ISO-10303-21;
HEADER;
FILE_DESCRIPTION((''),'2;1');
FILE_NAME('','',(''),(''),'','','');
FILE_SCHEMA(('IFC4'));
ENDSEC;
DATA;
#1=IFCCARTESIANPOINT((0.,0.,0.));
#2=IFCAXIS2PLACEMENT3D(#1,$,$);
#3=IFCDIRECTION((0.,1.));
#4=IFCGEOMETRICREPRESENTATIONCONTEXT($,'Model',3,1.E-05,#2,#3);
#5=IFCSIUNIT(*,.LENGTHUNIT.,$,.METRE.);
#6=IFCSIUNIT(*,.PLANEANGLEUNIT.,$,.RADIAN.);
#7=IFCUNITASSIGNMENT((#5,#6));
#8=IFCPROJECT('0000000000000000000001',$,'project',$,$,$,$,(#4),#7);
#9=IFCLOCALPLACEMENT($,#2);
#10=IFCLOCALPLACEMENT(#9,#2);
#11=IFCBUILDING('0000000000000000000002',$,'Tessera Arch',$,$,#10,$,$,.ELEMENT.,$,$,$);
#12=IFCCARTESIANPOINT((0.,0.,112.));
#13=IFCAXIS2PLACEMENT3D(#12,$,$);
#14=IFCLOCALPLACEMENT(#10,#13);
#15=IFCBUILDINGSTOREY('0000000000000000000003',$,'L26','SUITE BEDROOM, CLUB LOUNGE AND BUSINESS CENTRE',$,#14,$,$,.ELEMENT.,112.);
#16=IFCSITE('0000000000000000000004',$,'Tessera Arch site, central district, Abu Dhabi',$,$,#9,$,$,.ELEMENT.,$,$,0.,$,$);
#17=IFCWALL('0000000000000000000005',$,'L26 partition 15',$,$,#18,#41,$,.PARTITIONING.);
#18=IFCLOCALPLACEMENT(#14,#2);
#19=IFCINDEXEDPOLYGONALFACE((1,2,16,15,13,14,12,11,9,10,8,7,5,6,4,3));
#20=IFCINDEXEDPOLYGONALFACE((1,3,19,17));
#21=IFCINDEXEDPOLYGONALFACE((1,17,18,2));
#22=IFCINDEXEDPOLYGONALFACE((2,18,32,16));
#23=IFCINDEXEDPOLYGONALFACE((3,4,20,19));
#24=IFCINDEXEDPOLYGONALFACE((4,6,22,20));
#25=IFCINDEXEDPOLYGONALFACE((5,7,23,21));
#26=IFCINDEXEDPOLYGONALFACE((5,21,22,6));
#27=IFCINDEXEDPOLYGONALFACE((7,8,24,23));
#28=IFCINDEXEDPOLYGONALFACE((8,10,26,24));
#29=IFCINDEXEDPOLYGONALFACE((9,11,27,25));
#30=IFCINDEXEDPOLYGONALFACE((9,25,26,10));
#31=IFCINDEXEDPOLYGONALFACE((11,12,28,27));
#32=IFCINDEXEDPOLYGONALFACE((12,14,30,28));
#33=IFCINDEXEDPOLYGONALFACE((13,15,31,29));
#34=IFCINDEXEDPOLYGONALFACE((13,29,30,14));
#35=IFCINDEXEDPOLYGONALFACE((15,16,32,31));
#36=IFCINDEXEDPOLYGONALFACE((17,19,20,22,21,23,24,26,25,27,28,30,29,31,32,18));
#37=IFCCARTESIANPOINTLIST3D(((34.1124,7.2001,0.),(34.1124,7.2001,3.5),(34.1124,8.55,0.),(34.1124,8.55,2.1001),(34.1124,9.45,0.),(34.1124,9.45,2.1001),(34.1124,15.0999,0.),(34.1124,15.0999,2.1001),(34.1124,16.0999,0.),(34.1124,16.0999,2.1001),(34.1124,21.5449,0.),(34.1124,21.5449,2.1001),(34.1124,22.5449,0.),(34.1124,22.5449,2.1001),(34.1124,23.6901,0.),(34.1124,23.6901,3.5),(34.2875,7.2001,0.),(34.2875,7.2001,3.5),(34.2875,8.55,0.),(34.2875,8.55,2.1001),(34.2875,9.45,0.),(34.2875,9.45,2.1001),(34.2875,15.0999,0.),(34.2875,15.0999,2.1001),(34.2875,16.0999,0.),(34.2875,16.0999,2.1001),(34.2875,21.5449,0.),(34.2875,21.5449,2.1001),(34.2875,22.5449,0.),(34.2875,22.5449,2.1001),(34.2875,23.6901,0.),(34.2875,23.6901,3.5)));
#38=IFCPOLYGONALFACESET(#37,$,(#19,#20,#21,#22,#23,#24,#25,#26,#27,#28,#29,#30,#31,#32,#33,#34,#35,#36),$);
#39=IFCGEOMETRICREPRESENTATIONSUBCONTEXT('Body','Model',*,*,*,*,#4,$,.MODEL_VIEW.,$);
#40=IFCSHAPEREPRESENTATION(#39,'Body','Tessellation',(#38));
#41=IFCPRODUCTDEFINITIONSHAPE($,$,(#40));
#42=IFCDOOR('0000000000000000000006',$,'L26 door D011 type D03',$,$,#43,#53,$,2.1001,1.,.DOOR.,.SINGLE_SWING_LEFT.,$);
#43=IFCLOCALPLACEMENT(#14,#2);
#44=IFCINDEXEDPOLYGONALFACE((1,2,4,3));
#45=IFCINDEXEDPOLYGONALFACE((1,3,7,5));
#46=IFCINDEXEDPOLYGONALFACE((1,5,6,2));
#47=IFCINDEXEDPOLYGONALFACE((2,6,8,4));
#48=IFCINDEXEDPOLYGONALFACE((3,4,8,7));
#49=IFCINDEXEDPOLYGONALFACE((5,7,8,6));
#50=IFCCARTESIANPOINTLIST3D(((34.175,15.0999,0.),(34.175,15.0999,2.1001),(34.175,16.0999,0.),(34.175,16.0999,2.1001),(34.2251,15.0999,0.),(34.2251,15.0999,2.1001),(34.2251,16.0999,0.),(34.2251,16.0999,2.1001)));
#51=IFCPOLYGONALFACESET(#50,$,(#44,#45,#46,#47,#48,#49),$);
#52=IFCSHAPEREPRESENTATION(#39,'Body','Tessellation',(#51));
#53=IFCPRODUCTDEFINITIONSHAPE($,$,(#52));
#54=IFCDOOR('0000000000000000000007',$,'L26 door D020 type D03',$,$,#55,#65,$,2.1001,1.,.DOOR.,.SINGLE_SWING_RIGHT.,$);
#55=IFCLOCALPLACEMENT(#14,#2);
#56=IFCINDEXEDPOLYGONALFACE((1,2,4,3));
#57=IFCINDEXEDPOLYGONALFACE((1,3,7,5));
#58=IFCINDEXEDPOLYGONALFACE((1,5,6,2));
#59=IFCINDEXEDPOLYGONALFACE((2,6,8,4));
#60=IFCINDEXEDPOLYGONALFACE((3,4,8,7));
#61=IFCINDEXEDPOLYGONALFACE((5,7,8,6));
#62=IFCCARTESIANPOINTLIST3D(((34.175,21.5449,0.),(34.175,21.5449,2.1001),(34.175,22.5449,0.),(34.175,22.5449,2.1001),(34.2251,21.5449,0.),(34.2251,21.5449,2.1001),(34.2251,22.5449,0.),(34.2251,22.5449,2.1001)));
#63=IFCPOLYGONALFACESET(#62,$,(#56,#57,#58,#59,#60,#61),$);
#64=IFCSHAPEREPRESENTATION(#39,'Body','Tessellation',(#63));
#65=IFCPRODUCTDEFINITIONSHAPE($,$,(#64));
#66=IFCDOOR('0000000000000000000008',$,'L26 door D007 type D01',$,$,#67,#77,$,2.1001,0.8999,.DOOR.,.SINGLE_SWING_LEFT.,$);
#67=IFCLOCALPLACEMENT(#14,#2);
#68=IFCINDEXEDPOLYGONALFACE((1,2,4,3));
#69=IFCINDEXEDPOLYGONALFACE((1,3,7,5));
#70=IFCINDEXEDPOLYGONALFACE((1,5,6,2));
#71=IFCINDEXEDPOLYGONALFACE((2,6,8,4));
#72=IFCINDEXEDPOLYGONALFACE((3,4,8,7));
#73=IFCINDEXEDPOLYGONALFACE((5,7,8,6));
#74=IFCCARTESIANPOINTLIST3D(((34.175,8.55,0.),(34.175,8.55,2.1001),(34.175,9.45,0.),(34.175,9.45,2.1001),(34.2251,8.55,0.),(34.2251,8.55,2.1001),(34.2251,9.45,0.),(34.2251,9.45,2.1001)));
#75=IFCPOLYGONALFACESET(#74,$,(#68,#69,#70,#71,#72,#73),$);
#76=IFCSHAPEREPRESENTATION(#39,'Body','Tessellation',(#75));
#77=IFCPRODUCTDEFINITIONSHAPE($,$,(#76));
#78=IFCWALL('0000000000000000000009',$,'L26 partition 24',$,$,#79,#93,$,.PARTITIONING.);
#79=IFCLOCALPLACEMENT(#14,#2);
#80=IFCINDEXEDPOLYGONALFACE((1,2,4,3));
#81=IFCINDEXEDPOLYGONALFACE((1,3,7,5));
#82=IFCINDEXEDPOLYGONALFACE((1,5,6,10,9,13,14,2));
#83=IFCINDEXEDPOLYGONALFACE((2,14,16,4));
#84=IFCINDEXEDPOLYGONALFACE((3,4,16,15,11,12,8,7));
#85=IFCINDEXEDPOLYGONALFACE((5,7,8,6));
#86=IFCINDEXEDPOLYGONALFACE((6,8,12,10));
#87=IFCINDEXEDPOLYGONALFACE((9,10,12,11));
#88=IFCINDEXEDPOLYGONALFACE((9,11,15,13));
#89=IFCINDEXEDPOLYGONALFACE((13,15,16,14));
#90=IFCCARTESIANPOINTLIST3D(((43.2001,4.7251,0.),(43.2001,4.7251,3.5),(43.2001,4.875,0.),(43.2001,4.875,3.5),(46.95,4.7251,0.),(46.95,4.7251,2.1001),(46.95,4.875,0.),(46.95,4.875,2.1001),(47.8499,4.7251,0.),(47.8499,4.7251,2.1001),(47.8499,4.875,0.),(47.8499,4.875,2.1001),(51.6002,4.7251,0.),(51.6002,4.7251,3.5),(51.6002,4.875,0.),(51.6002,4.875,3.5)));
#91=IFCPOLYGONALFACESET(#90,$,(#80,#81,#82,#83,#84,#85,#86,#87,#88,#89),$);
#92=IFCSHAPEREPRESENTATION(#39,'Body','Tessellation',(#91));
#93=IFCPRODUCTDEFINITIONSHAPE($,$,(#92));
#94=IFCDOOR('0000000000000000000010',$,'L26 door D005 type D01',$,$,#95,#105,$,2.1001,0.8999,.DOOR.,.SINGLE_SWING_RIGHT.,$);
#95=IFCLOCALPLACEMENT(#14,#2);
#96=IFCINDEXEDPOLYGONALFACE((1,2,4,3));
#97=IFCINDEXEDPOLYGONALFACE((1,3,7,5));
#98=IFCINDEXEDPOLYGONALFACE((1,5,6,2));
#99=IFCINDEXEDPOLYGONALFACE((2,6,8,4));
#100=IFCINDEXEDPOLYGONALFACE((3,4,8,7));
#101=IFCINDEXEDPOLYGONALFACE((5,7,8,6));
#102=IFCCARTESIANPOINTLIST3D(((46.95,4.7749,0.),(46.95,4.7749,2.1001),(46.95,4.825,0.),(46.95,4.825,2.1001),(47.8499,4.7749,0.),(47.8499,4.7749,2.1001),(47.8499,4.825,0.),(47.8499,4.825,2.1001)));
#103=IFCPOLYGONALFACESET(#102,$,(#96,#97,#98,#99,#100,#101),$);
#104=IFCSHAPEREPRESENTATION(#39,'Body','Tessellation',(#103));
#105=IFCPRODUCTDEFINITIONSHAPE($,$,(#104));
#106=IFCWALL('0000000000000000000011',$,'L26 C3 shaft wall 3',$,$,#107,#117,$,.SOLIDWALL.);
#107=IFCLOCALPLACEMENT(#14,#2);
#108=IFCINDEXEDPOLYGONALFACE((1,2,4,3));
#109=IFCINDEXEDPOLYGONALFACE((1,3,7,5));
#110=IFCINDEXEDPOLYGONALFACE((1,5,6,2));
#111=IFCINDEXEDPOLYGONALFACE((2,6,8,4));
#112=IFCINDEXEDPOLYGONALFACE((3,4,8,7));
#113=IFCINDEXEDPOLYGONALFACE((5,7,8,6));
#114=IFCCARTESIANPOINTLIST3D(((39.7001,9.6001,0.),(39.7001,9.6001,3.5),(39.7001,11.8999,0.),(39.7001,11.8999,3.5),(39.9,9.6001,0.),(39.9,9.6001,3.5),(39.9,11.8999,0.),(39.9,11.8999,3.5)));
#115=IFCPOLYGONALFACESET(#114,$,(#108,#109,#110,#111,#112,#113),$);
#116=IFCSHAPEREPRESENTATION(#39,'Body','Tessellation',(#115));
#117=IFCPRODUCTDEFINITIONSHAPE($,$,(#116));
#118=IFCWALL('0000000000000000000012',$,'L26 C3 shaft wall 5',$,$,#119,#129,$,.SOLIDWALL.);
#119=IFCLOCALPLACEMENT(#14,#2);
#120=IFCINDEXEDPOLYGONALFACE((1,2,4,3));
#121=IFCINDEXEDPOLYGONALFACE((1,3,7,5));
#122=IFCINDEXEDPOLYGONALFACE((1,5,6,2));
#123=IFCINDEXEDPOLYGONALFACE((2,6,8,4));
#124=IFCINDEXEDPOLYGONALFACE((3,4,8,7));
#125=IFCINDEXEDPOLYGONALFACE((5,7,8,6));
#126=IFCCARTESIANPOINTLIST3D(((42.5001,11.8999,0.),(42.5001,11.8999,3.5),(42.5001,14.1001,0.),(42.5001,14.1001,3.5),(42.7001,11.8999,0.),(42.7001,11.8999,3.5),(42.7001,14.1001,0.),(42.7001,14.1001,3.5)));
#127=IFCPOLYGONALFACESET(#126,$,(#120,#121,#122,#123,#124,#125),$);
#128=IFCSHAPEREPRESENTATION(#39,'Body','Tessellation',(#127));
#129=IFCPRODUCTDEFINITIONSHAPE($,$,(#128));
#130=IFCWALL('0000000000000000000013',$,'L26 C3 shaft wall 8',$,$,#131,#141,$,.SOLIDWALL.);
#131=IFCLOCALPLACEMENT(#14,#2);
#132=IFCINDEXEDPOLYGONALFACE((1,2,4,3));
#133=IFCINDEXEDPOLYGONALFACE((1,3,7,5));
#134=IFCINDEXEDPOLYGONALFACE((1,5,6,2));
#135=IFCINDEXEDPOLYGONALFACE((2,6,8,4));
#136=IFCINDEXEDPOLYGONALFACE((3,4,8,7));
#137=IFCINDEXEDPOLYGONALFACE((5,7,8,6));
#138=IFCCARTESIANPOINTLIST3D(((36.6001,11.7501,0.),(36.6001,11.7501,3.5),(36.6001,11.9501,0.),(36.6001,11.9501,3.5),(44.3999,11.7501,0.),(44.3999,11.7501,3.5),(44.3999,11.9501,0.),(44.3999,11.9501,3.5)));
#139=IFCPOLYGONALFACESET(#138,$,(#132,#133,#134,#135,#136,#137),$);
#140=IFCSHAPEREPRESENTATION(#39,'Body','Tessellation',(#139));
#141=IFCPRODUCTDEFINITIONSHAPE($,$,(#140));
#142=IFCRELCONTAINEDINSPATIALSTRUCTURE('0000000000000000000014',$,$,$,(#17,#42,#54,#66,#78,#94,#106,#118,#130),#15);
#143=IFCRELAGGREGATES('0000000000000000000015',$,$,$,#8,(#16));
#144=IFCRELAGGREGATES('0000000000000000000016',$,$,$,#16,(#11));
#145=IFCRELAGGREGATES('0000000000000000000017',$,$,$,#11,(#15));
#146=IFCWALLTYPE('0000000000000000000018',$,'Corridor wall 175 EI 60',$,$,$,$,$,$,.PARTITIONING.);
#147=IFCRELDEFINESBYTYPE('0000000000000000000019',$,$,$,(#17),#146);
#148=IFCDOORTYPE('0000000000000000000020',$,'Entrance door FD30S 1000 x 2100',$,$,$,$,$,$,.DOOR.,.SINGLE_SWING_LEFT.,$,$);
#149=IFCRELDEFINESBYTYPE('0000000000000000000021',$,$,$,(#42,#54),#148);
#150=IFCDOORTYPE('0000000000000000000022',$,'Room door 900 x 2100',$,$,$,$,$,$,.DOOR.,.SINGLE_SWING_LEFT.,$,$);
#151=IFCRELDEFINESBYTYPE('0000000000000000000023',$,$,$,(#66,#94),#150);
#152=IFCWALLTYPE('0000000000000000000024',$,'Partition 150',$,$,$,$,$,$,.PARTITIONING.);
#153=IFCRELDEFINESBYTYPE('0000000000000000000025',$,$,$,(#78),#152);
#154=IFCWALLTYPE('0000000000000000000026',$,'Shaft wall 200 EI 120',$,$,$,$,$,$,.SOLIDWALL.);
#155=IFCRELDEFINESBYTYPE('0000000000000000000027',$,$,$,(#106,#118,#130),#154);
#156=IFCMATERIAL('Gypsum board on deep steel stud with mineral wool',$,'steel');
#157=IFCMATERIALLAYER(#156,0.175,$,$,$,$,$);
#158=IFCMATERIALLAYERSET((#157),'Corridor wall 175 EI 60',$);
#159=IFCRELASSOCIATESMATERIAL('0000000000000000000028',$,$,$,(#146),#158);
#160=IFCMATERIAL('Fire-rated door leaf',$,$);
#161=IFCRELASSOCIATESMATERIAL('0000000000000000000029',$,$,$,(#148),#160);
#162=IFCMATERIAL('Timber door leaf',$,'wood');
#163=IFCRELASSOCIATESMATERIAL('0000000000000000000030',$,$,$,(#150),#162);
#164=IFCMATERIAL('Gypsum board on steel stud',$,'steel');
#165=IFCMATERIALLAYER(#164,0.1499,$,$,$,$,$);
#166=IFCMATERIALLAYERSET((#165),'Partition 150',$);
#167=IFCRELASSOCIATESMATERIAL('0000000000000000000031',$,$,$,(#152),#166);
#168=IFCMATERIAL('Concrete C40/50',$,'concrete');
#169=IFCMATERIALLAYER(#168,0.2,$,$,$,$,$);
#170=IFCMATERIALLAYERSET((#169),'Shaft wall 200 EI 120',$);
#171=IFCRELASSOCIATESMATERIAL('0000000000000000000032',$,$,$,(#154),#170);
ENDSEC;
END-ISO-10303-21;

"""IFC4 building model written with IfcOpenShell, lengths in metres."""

from ifc_helpers import new_model, si_unit, direction, frame, frame_2d, origin, place, context, subcontext, project, spatial, rectangle, extrude, material, layer, layer_set, type_object, element, fill, save


model = new_model("IFC4")

# Units and contexts
model_context = context("Model", 3, precision=1e-05, world=origin(), true_north=direction((0.0, 1.0)))
body_context = subcontext(model_context, "Body", "Model", "MODEL_VIEW")
ifc_project = project(units=[si_unit("LENGTHUNIT", "METRE"), si_unit("PLANEANGLEUNIT", "RADIAN")], contexts=[model_context])

# Site, building, storey
site_placement = place(None, origin())
site = spatial("IfcSite", under=ifc_project, at=site_placement, Name="Tessera Arch site, central district, Abu Dhabi", CompositionType="ELEMENT", RefElevation=0.0)
building_placement = place(site_placement, origin())
building = spatial("IfcBuilding", under=site, at=building_placement, Name="Tessera Arch", CompositionType="ELEMENT")
storey_placement = place(building_placement, frame((0.0, 0.0, 112.0)))
storey = spatial("IfcBuildingStorey", under=building, at=storey_placement, Name="L26", Description="SUITE BEDROOM, CLUB LOUNGE AND BUSINESS CENTRE", CompositionType="ELEMENT", Elevation=112.0)

# Wall, openings, doors
ifc_material_1 = material(Name="Gypsum board on deep steel stud with mineral wool", Category="steel")
ifc_layer_1 = layer(ifc_material_1, 0.175)
ifc_layer_set_1 = layer_set([ifc_layer_1], Name="Corridor wall 175 EI 60")
wall_type_1 = type_object("IfcWallType", Name="Corridor wall 175 EI 60", PredefinedType="PARTITIONING", material=ifc_layer_set_1)
ifc_material_2 = material(Name="Fire-rated door leaf")
door_type_1 = type_object("IfcDoorType", Name="Entrance door FD30S 1000 x 2100", OperationType="SINGLE_SWING_LEFT", PredefinedType="DOOR", material=ifc_material_2)
wall_1_placement = place(storey_placement, frame((34.2, 7.2, 0.0), z_axis=(0.0, 0.0, 1.0), x_axis=(0.0, 1.0, 0.0)))
wall_1 = element("IfcWall", 1, at=wall_1_placement, inside=storey, type_object=wall_type_1, Name="L26 partition 15", PredefinedType="PARTITIONING", context=body_context, shape_type="SweptSolid", body=[
    extrude(rectangle(XDim=16.49, YDim=0.175, at=frame_2d((8.2451, 0.0))), origin(), (0.0, 0.0, 1.0), 3.5),
])
opening_1_placement = place(wall_1_placement, frame((1.3501, 0.0, 0.0)))
opening_1 = element("IfcOpeningElement", 2, at=opening_1_placement, cuts=wall_1, PredefinedType="OPENING", context=body_context, shape_type="SweptSolid", body=[
    extrude(rectangle(XDim=0.8999, YDim=2.1001, at=frame_2d((0.45, 1.05))), frame((0.0, 0.0974, 0.0), z_axis=(0.0, -1.0, 0.0), x_axis=(1.0, 0.0, 0.0)), (0.0, 0.0, 1.0), 0.1951),
])
opening_2_placement = place(wall_1_placement, frame((7.8999, 0.0, 0.0)))
opening_2 = element("IfcOpeningElement", 3, at=opening_2_placement, cuts=wall_1, PredefinedType="OPENING", context=body_context, shape_type="SweptSolid", body=[
    extrude(rectangle(XDim=1.0, YDim=2.1001, at=frame_2d((0.5, 1.05))), frame((0.0, 0.0974, 0.0), z_axis=(0.0, -1.0, 0.0), x_axis=(1.0, 0.0, 0.0)), (0.0, 0.0, 1.0), 0.1951),
])
opening_3_placement = place(wall_1_placement, frame((14.345, 0.0, 0.0)))
opening_3 = element("IfcOpeningElement", 4, at=opening_3_placement, cuts=wall_1, PredefinedType="OPENING", context=body_context, shape_type="SweptSolid", body=[
    extrude(rectangle(XDim=1.0, YDim=2.1001, at=frame_2d((0.5, 1.05))), frame((0.0, 0.0974, 0.0), z_axis=(0.0, -1.0, 0.0), x_axis=(1.0, 0.0, 0.0)), (0.0, 0.0, 1.0), 0.1951),
])
door_1_placement = place(opening_2_placement, origin())
door_1 = element("IfcDoor", 5, at=door_1_placement, inside=storey, type_object=door_type_1, Name="L26 door D011 type D03", OperationType="SINGLE_SWING_LEFT", OverallHeight=2.1001, OverallWidth=1.0, PredefinedType="DOOR", context=body_context, shape_type="SweptSolid", body=[
    extrude(rectangle(XDim=1.0, YDim=2.1001, at=frame_2d((0.5, 1.05))), frame((0.0, 0.0249, 0.0), z_axis=(0.0, -1.0, 0.0), x_axis=(1.0, 0.0, 0.0)), (0.0, 0.0, 1.0), 0.05),
])
fill(opening_2, door_1)
door_2_placement = place(opening_3_placement, origin())
door_2 = element("IfcDoor", 6, at=door_2_placement, inside=storey, type_object=door_type_1, Name="L26 door D020 type D03", OperationType="SINGLE_SWING_RIGHT", OverallHeight=2.1001, OverallWidth=1.0, PredefinedType="DOOR", context=body_context, shape_type="SweptSolid", body=[
    extrude(rectangle(XDim=1.0, YDim=2.1001, at=frame_2d((0.5, 1.05))), frame((0.0, 0.0249, 0.0), z_axis=(0.0, -1.0, 0.0), x_axis=(1.0, 0.0, 0.0)), (0.0, 0.0, 1.0), 0.05),
])
fill(opening_3, door_2)
ifc_material_3 = material(Name="Timber door leaf", Category="wood")
door_type_2 = type_object("IfcDoorType", Name="Room door 900 x 2100", OperationType="SINGLE_SWING_LEFT", PredefinedType="DOOR", material=ifc_material_3)
door_3_placement = place(opening_1_placement, origin())
door_3 = element("IfcDoor", 7, at=door_3_placement, inside=storey, type_object=door_type_2, Name="L26 door D007 type D01", OperationType="SINGLE_SWING_LEFT", OverallHeight=2.1001, OverallWidth=0.8999, PredefinedType="DOOR", context=body_context, shape_type="SweptSolid", body=[
    extrude(rectangle(XDim=0.8999, YDim=2.1001, at=frame_2d((0.45, 1.05))), frame((0.0, 0.0249, 0.0), z_axis=(0.0, -1.0, 0.0), x_axis=(1.0, 0.0, 0.0)), (0.0, 0.0, 1.0), 0.05),
])
fill(opening_1, door_3)

# Wall, opening, door
ifc_material_4 = material(Name="Gypsum board on steel stud", Category="steel")
ifc_layer_2 = layer(ifc_material_4, 0.1499)
ifc_layer_set_2 = layer_set([ifc_layer_2], Name="Partition 150")
wall_type_2 = type_object("IfcWallType", Name="Partition 150", PredefinedType="PARTITIONING", material=ifc_layer_set_2)
wall_2_placement = place(storey_placement, frame((43.2, 4.8, 0.0), z_axis=(0.0, 0.0, 1.0), x_axis=(1.0, 0.0, 0.0)))
wall_2 = element("IfcWall", 8, at=wall_2_placement, inside=storey, type_object=wall_type_2, Name="L26 partition 24", PredefinedType="PARTITIONING", context=body_context, shape_type="SweptSolid", body=[
    extrude(rectangle(XDim=8.4001, YDim=0.1499, at=frame_2d((4.2002, 0.0))), origin(), (0.0, 0.0, 1.0), 3.5),
])
opening_4_placement = place(wall_2_placement, frame((3.75, 0.0, 0.0)))
opening_4 = element("IfcOpeningElement", 9, at=opening_4_placement, cuts=wall_2, PredefinedType="OPENING", context=body_context, shape_type="SweptSolid", body=[
    extrude(rectangle(XDim=0.8999, YDim=2.1001, at=frame_2d((0.45, 1.05))), frame((0.0, 0.085, 0.0), z_axis=(0.0, -1.0, 0.0), x_axis=(1.0, 0.0, 0.0)), (0.0, 0.0, 1.0), 0.1699),
])
door_4_placement = place(opening_4_placement, origin())
door_4 = element("IfcDoor", 10, at=door_4_placement, inside=storey, type_object=door_type_2, Name="L26 door D005 type D01", OperationType="SINGLE_SWING_RIGHT", OverallHeight=2.1001, OverallWidth=0.8999, PredefinedType="DOOR", context=body_context, shape_type="SweptSolid", body=[
    extrude(rectangle(XDim=0.8999, YDim=2.1001, at=frame_2d((0.45, 1.05))), frame((0.0, 0.0249, 0.0), z_axis=(0.0, -1.0, 0.0), x_axis=(1.0, 0.0, 0.0)), (0.0, 0.0, 1.0), 0.05),
])
fill(opening_4, door_4)

# Walls
ifc_material_5 = material(Name="Concrete C40/50", Category="concrete")
ifc_layer_3 = layer(ifc_material_5, 0.2)
ifc_layer_set_3 = layer_set([ifc_layer_3], Name="Shaft wall 200 EI 120")
wall_type_3 = type_object("IfcWallType", Name="Shaft wall 200 EI 120", PredefinedType="SOLIDWALL", material=ifc_layer_set_3)
wall_3_placement = place(storey_placement, frame((39.8, 9.6001, 0.0), z_axis=(0.0, 0.0, 1.0), x_axis=(0.0, 1.0, 0.0)))
element("IfcWall", 11, at=wall_3_placement, inside=storey, type_object=wall_type_3, Name="L26 C3 shaft wall 3", PredefinedType="SOLIDWALL", context=body_context, shape_type="SweptSolid", body=[
    extrude(rectangle(XDim=2.2998, YDim=0.2, at=frame_2d((1.1499, 0.0))), origin(), (0.0, 0.0, 1.0), 3.5),
])
wall_4_placement = place(storey_placement, frame((42.6001, 11.8999, 0.0), z_axis=(0.0, 0.0, 1.0), x_axis=(0.0, 1.0, 0.0)))
element("IfcWall", 12, at=wall_4_placement, inside=storey, type_object=wall_type_3, Name="L26 C3 shaft wall 5", PredefinedType="SOLIDWALL", context=body_context, shape_type="SweptSolid", body=[
    extrude(rectangle(XDim=2.2002, YDim=0.2, at=frame_2d((1.1001, 0.0))), origin(), (0.0, 0.0, 1.0), 3.5),
])
wall_5_placement = place(storey_placement, frame((36.6001, 11.8501, 0.0), z_axis=(0.0, 0.0, 1.0), x_axis=(1.0, 0.0, 0.0)))
element("IfcWall", 13, at=wall_5_placement, inside=storey, type_object=wall_type_3, Name="L26 C3 shaft wall 8", PredefinedType="SOLIDWALL", context=body_context, shape_type="SweptSolid", body=[
    extrude(rectangle(XDim=7.7998, YDim=0.2, at=frame_2d((3.8999, 0.0))), origin(), (0.0, 0.0, 1.0), 3.5),
])

save(model, "model.ifc")
